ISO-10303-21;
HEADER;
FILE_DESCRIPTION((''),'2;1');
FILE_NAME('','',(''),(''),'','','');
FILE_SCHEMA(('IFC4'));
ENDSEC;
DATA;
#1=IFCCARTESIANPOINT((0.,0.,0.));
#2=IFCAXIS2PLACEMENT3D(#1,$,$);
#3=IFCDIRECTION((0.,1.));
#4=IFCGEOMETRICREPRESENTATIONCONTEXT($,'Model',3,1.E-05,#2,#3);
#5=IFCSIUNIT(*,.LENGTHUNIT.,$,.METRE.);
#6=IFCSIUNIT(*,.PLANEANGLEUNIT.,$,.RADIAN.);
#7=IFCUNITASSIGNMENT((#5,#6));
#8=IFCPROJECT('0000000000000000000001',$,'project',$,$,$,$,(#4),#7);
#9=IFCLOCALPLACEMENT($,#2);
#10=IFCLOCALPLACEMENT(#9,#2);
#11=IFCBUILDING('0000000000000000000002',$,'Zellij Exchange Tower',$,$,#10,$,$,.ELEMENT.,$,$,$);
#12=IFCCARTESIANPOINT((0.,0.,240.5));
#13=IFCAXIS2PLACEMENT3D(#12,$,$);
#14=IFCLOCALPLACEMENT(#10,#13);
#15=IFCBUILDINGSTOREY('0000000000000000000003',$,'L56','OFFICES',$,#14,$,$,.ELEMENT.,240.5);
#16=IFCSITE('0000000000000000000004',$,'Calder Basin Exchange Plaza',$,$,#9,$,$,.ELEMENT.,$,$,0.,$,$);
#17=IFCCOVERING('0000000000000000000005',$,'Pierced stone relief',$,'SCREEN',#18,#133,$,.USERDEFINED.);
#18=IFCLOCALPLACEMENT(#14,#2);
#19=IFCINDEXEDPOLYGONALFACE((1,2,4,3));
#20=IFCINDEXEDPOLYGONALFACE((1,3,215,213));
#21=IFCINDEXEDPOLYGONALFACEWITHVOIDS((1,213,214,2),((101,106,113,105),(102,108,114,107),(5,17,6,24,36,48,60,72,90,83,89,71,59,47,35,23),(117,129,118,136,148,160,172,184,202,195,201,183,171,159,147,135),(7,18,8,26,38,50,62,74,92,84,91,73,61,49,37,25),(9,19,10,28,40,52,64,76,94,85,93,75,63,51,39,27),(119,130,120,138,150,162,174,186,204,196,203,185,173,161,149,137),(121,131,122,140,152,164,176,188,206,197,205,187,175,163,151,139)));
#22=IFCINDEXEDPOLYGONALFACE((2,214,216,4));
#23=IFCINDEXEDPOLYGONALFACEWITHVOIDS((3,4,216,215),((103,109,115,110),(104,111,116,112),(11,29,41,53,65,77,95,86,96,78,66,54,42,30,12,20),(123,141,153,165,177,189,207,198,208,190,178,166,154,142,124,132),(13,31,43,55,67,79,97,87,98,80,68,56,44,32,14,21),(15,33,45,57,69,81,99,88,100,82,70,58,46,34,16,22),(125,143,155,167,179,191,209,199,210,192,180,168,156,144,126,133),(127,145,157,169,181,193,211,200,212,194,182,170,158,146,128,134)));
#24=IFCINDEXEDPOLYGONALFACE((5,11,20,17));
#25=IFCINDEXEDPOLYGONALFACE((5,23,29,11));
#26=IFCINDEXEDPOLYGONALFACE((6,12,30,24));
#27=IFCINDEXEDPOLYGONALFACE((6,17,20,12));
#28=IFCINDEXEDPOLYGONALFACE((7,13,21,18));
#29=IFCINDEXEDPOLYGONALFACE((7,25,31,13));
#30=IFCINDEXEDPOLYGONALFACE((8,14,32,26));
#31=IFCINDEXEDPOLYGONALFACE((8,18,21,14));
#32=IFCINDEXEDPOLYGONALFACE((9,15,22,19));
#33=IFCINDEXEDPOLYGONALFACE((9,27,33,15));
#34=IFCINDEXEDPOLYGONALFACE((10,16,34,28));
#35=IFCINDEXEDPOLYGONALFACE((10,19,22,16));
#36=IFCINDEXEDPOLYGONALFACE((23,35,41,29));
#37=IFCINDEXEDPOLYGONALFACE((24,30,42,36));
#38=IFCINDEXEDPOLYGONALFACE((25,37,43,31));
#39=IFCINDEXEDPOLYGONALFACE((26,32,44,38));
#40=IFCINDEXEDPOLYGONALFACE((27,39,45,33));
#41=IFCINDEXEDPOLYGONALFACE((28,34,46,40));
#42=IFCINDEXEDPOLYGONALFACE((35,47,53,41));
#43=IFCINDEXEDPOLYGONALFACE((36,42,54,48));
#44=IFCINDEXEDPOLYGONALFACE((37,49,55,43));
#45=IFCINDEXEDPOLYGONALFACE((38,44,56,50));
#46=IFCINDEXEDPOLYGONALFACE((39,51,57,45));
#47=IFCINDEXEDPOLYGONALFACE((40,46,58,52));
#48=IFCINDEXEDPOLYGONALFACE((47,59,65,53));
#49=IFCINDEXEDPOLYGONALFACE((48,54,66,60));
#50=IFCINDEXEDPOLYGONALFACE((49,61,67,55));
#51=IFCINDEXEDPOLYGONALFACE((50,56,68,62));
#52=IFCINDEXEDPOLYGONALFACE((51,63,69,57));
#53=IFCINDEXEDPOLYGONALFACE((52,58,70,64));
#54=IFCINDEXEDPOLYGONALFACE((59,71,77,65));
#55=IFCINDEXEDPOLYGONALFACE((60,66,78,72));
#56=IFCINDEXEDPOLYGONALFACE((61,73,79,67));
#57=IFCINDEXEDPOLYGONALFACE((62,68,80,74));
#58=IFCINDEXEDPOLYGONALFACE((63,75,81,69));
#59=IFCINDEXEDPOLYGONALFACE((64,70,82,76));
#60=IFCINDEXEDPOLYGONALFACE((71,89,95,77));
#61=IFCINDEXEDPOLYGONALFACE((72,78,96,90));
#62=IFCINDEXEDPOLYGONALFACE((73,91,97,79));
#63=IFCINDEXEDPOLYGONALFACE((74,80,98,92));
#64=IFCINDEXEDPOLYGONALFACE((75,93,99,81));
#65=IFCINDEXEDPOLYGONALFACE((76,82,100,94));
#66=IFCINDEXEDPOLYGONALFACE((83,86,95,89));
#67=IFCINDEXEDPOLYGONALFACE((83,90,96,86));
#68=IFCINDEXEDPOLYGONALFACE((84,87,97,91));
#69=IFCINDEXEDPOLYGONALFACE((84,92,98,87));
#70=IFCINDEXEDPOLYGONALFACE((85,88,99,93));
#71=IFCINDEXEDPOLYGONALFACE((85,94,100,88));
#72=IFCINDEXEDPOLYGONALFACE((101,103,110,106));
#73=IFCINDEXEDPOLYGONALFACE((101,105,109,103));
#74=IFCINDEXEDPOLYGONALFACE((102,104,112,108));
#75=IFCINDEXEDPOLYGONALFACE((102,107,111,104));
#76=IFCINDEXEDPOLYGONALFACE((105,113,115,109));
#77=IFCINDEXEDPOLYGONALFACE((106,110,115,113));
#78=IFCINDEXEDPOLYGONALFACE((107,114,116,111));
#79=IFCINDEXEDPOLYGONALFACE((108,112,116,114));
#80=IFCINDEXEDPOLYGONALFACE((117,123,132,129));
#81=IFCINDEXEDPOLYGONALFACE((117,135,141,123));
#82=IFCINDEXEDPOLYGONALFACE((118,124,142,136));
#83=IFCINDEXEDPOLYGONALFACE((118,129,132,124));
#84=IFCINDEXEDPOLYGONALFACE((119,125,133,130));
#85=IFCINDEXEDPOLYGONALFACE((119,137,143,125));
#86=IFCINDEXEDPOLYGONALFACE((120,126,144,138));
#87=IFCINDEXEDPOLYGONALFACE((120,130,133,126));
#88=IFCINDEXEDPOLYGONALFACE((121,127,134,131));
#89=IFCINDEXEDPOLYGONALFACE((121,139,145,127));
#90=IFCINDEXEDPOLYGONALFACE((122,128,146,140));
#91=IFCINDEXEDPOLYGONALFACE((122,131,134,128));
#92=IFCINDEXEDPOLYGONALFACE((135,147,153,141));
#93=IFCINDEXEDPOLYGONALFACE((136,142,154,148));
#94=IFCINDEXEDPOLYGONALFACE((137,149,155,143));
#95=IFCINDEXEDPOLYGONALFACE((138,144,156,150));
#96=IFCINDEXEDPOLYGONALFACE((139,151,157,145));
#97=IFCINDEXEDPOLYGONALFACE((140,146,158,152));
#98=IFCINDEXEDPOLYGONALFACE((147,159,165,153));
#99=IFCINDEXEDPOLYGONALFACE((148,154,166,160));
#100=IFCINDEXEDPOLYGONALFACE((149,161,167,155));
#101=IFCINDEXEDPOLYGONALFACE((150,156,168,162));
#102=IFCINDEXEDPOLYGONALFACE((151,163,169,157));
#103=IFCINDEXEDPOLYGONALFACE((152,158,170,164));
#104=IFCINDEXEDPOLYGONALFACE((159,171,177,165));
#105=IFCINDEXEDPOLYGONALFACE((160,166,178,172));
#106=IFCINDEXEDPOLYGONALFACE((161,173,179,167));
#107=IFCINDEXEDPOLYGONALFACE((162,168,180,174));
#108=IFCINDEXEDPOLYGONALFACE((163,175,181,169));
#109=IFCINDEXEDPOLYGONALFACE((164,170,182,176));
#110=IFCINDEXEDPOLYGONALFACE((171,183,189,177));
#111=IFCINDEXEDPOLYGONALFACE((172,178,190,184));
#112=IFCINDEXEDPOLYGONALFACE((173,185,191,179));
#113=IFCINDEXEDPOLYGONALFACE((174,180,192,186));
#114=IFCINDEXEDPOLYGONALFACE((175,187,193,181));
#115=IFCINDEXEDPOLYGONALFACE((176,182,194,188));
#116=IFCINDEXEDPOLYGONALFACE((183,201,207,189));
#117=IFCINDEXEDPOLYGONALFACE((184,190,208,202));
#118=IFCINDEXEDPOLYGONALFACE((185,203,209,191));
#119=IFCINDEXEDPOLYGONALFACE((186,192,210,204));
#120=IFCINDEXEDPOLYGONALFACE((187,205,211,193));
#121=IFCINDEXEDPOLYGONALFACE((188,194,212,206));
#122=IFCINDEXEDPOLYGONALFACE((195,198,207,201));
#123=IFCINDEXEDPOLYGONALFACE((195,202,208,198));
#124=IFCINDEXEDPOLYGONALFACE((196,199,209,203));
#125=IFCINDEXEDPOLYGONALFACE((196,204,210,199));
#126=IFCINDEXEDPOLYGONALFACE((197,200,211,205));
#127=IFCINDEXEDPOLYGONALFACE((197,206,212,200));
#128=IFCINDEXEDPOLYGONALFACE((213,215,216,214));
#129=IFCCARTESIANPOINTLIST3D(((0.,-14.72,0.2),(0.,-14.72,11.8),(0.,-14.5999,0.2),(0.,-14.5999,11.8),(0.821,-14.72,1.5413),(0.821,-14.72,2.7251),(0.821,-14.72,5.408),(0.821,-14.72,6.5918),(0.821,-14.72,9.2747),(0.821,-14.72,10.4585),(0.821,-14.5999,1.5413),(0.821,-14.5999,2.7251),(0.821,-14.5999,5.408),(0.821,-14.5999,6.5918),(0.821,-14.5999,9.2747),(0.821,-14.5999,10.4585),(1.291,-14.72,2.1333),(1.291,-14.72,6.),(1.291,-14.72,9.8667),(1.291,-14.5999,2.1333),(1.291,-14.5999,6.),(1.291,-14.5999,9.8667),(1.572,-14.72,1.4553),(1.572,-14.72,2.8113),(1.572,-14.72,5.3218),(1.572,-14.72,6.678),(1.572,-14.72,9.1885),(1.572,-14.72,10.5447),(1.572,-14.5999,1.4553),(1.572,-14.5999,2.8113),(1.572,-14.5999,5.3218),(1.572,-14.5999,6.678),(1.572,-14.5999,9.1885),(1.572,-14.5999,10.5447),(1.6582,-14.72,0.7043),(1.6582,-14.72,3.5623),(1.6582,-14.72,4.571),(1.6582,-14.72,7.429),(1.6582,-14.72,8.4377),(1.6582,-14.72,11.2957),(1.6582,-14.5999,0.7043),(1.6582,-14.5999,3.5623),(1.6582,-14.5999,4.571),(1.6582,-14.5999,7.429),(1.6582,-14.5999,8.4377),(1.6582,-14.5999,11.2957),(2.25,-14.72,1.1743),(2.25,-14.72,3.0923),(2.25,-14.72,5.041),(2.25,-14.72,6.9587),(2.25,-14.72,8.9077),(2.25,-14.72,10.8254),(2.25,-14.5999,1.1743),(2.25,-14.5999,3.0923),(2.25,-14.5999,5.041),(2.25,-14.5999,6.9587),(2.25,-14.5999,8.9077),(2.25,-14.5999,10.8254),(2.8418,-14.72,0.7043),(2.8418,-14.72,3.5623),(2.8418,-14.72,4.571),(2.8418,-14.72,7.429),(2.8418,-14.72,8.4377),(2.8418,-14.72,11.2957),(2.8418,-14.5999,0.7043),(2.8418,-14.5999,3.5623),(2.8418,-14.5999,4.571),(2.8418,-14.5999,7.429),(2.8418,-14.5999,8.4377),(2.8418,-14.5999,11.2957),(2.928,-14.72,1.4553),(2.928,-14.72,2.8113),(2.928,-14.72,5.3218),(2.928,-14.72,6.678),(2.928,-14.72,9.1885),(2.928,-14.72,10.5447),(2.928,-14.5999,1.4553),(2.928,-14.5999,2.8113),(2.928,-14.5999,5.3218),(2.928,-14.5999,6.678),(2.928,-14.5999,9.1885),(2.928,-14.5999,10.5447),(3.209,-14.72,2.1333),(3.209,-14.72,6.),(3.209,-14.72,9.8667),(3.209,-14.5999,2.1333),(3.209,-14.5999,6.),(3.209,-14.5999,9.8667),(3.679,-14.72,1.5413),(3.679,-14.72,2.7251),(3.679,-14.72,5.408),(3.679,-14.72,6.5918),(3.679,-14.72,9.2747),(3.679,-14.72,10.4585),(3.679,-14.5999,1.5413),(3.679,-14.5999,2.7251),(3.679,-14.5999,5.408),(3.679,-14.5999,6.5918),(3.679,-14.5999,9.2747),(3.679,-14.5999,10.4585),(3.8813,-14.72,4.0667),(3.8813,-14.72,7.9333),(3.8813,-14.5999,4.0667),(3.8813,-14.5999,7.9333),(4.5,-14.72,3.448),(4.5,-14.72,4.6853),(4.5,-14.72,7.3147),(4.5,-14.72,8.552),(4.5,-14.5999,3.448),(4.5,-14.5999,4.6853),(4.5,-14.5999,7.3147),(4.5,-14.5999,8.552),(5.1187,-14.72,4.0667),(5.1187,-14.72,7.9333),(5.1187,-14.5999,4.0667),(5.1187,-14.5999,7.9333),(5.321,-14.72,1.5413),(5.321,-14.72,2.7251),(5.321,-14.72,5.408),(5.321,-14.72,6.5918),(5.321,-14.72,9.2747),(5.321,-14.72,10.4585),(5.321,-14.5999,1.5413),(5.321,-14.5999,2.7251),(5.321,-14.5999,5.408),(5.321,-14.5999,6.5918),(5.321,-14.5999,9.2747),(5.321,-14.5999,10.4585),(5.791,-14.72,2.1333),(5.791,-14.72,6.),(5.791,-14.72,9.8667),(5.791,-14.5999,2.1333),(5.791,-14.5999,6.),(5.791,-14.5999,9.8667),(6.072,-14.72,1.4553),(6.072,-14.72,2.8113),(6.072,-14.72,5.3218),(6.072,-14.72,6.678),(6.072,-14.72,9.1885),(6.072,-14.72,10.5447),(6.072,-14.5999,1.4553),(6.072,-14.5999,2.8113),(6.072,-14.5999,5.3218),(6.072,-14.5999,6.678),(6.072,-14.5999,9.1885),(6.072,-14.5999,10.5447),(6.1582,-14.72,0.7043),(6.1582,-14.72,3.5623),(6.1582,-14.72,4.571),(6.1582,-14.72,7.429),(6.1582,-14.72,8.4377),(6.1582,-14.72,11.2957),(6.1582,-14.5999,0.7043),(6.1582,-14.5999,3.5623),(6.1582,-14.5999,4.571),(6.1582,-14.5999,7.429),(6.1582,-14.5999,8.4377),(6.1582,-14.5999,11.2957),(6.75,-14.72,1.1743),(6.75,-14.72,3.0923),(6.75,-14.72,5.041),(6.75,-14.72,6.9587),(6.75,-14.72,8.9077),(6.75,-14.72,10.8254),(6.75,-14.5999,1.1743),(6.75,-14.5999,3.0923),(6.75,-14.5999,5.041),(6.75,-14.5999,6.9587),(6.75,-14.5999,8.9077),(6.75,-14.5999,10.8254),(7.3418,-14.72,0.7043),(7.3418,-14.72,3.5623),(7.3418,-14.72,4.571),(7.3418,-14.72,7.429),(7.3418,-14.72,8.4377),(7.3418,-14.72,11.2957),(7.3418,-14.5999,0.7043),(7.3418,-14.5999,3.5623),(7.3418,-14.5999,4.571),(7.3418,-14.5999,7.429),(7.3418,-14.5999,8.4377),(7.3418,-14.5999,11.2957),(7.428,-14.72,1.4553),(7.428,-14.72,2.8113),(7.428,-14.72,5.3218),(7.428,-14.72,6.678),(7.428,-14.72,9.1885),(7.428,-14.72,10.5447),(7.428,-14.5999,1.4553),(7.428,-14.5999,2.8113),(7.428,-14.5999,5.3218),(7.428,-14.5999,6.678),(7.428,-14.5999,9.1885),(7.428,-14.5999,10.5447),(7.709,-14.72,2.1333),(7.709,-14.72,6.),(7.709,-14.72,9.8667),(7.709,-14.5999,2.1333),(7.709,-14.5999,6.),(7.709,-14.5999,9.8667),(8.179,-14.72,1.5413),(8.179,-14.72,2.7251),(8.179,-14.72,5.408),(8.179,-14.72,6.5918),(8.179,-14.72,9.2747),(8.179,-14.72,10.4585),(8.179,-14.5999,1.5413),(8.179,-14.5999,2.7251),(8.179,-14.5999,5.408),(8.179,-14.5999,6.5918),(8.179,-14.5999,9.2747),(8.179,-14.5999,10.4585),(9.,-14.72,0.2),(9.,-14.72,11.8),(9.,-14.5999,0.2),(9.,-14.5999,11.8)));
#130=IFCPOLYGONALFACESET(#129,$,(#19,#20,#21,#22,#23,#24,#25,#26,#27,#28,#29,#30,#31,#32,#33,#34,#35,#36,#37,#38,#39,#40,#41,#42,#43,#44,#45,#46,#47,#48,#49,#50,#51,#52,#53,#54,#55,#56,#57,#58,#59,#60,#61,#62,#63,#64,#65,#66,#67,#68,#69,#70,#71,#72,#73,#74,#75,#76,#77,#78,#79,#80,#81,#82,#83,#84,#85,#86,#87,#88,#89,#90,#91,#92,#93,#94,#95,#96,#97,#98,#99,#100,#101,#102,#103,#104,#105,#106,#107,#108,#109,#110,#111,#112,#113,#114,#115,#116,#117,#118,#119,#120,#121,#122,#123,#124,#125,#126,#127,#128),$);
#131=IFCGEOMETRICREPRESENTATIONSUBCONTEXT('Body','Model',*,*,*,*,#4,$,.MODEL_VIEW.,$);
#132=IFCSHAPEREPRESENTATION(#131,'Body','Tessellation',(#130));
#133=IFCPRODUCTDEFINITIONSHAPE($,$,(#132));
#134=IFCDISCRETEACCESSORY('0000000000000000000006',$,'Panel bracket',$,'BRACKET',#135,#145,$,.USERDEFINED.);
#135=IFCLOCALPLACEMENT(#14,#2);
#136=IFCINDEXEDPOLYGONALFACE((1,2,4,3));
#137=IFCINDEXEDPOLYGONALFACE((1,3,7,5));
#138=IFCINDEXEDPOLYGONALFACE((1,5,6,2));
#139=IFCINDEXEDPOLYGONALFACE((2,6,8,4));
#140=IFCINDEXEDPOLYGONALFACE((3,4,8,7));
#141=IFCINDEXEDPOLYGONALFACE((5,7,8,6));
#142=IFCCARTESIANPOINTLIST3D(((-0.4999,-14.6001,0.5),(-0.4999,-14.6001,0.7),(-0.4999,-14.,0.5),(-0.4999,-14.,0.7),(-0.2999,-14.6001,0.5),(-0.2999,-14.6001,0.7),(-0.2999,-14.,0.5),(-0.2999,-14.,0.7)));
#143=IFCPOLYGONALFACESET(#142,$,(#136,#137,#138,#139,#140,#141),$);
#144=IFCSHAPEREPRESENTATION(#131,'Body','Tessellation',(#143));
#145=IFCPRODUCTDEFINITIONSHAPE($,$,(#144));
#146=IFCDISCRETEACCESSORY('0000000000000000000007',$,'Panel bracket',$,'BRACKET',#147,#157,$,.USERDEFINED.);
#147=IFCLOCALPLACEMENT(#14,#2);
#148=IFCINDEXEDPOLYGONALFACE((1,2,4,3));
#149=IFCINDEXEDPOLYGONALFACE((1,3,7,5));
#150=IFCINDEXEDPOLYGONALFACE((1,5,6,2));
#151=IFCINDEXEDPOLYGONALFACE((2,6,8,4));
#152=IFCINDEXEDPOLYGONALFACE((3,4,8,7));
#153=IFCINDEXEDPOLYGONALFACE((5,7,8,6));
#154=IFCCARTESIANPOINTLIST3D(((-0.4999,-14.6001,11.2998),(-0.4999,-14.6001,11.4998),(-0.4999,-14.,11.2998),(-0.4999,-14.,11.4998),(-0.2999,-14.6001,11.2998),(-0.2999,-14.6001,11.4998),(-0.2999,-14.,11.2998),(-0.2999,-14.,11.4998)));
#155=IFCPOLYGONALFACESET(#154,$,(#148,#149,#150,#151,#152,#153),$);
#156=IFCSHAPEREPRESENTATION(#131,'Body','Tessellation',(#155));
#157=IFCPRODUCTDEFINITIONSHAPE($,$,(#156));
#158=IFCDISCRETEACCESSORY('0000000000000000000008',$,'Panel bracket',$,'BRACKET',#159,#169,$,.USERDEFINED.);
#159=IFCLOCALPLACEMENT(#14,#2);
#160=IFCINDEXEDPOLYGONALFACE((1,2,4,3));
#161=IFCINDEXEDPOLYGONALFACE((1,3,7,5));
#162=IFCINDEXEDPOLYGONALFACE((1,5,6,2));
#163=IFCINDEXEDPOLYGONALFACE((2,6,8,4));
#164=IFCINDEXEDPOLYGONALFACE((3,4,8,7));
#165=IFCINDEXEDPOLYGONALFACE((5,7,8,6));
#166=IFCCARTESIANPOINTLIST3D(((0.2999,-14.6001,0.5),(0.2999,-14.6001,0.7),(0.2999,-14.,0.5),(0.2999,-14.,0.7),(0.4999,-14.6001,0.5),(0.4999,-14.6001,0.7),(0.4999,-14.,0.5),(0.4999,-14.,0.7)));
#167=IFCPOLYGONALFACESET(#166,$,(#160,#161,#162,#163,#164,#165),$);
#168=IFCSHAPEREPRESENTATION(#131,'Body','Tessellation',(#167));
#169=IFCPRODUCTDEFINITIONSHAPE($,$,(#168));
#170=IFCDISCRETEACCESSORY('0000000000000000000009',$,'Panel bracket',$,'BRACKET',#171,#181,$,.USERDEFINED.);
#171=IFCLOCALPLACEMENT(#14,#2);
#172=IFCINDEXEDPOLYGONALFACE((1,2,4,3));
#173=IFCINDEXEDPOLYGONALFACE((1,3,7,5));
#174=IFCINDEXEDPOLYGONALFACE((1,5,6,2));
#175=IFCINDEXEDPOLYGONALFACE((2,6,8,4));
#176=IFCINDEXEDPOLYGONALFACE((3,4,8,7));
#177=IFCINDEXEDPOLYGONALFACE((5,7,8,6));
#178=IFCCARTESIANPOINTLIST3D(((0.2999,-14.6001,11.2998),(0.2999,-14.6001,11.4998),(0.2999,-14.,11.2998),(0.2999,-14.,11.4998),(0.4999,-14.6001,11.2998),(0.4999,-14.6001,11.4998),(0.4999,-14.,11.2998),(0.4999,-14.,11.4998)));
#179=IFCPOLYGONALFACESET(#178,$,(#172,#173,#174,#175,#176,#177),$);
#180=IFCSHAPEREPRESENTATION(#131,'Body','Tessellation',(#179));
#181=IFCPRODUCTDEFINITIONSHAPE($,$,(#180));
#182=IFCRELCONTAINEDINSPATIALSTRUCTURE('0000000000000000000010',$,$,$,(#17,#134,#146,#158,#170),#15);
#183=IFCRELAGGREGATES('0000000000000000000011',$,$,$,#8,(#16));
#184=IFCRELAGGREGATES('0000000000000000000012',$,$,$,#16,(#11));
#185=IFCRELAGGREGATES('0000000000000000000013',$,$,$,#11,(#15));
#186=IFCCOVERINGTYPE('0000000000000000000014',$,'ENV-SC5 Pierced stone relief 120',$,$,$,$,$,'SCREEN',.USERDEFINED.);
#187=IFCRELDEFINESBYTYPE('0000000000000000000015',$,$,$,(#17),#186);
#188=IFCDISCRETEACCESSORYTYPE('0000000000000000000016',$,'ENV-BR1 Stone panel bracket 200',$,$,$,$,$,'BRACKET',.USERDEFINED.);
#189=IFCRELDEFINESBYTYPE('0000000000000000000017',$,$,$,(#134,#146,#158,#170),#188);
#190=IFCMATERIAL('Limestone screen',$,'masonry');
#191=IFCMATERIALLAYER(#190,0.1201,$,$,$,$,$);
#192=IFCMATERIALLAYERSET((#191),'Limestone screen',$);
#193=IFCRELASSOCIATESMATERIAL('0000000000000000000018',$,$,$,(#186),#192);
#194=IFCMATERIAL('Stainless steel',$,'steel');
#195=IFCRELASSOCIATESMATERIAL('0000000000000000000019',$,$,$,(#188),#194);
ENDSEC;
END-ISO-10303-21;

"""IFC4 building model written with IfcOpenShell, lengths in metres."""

from ifc_helpers import new_model, si_unit, direction, frame, origin, origin_2d, place, context, subcontext, project, spatial, polyline, rectangle, outline, extrude, material, layer, layer_set, type_object, element, save


model = new_model("IFC4")

# Units and contexts
model_context = context("Model", 3, precision=1e-05, world=origin(), true_north=direction((0.0, 1.0)))
body_context = subcontext(model_context, "Body", "Model", "MODEL_VIEW")
ifc_project = project(units=[si_unit("LENGTHUNIT", "METRE"), si_unit("PLANEANGLEUNIT", "RADIAN")], contexts=[model_context])

# Site, building, storey
site_placement = place(None, origin())
site = spatial("IfcSite", under=ifc_project, at=site_placement, Name="Calder Basin Exchange Plaza", CompositionType="ELEMENT", RefElevation=0.0)
building_placement = place(site_placement, origin())
building = spatial("IfcBuilding", under=site, at=building_placement, Name="Zellij Exchange Tower", CompositionType="ELEMENT")
storey_placement = place(building_placement, frame((0.0, 0.0, 240.5)))
storey = spatial("IfcBuildingStorey", under=building, at=storey_placement, Name="L56", Description="OFFICES", CompositionType="ELEMENT", Elevation=240.5)

# Shared definitions
ifc_material_1 = material(Name="Stainless steel", Category="steel")

# Covering
ifc_material_2 = material(Name="Limestone screen", Category="masonry")
ifc_layer_1 = layer(ifc_material_2, 0.1201)
ifc_layer_set_1 = layer_set([ifc_layer_1], Name="Limestone screen")
covering_type_1 = type_object("IfcCoveringType", Name="ENV-SC5 Pierced stone relief 120", ElementType="SCREEN", PredefinedType="USERDEFINED", material=ifc_layer_set_1)
covering_1_placement = place(storey_placement, frame((0.0, -14.6599, 0.2), z_axis=(0.0, 0.0, 1.0), x_axis=(1.0, 0.0, 0.0)))
element("IfcCovering", 1, at=covering_1_placement, inside=storey, type_object=covering_type_1, Name="Pierced stone relief", ObjectType="SCREEN", PredefinedType="USERDEFINED", context=body_context, shape_type="SweptSolid", body=[
    extrude(outline(polyline([(0.0, 0.0), (9.0, 0.0), (9.0, 11.6001), (0.0, 11.6001), (0.0, 0.0)]), holes=[polyline([(3.679, 2.5251), (2.928, 2.6113), (2.8418, 3.3623), (2.25, 2.8923), (1.6582, 3.3623), (1.572, 2.6113), (0.821, 2.5251), (1.291, 1.9333), (0.821, 1.3413), (1.572, 1.2554), (1.6582, 0.5044), (2.25, 0.9744), (2.8418, 0.5044), (2.928, 1.2554), (3.679, 1.3413), (3.209, 1.9333), (3.679, 2.5251)]), polyline([(3.679, 6.3918), (2.928, 6.478), (2.8418, 7.229), (2.25, 6.7588), (1.6582, 7.229), (1.572, 6.478), (0.821, 6.3918), (1.291, 5.8), (0.821, 5.208), (1.572, 5.1218), (1.6582, 4.3711), (2.25, 4.8411), (2.8418, 4.3711), (2.928, 5.1218), (3.679, 5.208), (3.209, 5.8), (3.679, 6.3918)]), polyline([(3.679, 10.2585), (2.928, 10.3447), (2.8418, 11.0957), (2.25, 10.6255), (1.6582, 11.0957), (1.572, 10.3447), (0.821, 10.2585), (1.291, 9.6667), (0.821, 9.0747), (1.572, 8.9885), (1.6582, 8.2378), (2.25, 8.7078), (2.8418, 8.2378), (2.928, 8.9885), (3.679, 9.0747), (3.209, 9.6667), (3.679, 10.2585)]), polyline([(8.179, 2.5251), (7.428, 2.6113), (7.3418, 3.3623), (6.75, 2.8923), (6.1582, 3.3623), (6.072, 2.6113), (5.321, 2.5251), (5.791, 1.9333), (5.321, 1.3413), (6.072, 1.2554), (6.1582, 0.5044), (6.75, 0.9744), (7.3418, 0.5044), (7.428, 1.2554), (8.179, 1.3413), (7.709, 1.9333), (8.179, 2.5251)]), polyline([(8.179, 6.3918), (7.428, 6.478), (7.3418, 7.229), (6.75, 6.7588), (6.1582, 7.229), (6.072, 6.478), (5.321, 6.3918), (5.791, 5.8), (5.321, 5.208), (6.072, 5.1218), (6.1582, 4.3711), (6.75, 4.8411), (7.3418, 4.3711), (7.428, 5.1218), (8.179, 5.208), (7.709, 5.8), (8.179, 6.3918)]), polyline([(8.179, 10.2585), (7.428, 10.3447), (7.3418, 11.0957), (6.75, 10.6255), (6.1582, 11.0957), (6.072, 10.3447), (5.321, 10.2585), (5.791, 9.6667), (5.321, 9.0747), (6.072, 8.9885), (6.1582, 8.2378), (6.75, 8.7078), (7.3418, 8.2378), (7.428, 8.9885), (8.179, 9.0747), (7.709, 9.6667), (8.179, 10.2585)]), polyline([(5.1187, 3.8667), (4.5, 4.4854), (3.8813, 3.8667), (4.5, 3.248), (5.1187, 3.8667)]), polyline([(5.1187, 7.7334), (4.5, 8.3521), (3.8813, 7.7334), (4.5, 7.1147), (5.1187, 7.7334)])]), frame((0.0, 0.0601, 0.0), z_axis=(0.0, -1.0, 0.0), x_axis=(1.0, 0.0, 0.0)), (0.0, 0.0, 1.0), 0.1201),
])

# Discrete accessories
discrete_accessory_type = type_object("IfcDiscreteAccessoryType", Name="ENV-BR1 Stone panel bracket 200", ElementType="BRACKET", PredefinedType="USERDEFINED", material=ifc_material_1)
for number, where, z_axis, x_axis, name in (
    (2, (-0.3999, -14.3, 0.5), (0.0, 0.0, 1.0), (1.0, 0.0, 0.0), "Panel bracket"),
    (3, (-0.3999, -14.3, 11.2998), (0.0, 0.0, 1.0), (1.0, 0.0, 0.0), "Panel bracket"),
    (4, (0.3999, -14.3, 0.5), (0.0, 0.0, 1.0), (1.0, 0.0, 0.0), "Panel bracket"),
    (5, (0.3999, -14.3, 11.2998), (0.0, 0.0, 1.0), (1.0, 0.0, 0.0), "Panel bracket"),
):
    element("IfcDiscreteAccessory", number, at=place(storey_placement, frame(where, z_axis=z_axis, x_axis=x_axis)), inside=storey, type_object=discrete_accessory_type, Name=name, ObjectType="BRACKET", PredefinedType="USERDEFINED", context=body_context, shape_type="SweptSolid", body=[
        extrude(rectangle(XDim=0.2, YDim=0.6001, at=origin_2d()), origin(), (0.0, 0.0, 1.0), 0.2),
    ])

save(model, "model.ifc")
